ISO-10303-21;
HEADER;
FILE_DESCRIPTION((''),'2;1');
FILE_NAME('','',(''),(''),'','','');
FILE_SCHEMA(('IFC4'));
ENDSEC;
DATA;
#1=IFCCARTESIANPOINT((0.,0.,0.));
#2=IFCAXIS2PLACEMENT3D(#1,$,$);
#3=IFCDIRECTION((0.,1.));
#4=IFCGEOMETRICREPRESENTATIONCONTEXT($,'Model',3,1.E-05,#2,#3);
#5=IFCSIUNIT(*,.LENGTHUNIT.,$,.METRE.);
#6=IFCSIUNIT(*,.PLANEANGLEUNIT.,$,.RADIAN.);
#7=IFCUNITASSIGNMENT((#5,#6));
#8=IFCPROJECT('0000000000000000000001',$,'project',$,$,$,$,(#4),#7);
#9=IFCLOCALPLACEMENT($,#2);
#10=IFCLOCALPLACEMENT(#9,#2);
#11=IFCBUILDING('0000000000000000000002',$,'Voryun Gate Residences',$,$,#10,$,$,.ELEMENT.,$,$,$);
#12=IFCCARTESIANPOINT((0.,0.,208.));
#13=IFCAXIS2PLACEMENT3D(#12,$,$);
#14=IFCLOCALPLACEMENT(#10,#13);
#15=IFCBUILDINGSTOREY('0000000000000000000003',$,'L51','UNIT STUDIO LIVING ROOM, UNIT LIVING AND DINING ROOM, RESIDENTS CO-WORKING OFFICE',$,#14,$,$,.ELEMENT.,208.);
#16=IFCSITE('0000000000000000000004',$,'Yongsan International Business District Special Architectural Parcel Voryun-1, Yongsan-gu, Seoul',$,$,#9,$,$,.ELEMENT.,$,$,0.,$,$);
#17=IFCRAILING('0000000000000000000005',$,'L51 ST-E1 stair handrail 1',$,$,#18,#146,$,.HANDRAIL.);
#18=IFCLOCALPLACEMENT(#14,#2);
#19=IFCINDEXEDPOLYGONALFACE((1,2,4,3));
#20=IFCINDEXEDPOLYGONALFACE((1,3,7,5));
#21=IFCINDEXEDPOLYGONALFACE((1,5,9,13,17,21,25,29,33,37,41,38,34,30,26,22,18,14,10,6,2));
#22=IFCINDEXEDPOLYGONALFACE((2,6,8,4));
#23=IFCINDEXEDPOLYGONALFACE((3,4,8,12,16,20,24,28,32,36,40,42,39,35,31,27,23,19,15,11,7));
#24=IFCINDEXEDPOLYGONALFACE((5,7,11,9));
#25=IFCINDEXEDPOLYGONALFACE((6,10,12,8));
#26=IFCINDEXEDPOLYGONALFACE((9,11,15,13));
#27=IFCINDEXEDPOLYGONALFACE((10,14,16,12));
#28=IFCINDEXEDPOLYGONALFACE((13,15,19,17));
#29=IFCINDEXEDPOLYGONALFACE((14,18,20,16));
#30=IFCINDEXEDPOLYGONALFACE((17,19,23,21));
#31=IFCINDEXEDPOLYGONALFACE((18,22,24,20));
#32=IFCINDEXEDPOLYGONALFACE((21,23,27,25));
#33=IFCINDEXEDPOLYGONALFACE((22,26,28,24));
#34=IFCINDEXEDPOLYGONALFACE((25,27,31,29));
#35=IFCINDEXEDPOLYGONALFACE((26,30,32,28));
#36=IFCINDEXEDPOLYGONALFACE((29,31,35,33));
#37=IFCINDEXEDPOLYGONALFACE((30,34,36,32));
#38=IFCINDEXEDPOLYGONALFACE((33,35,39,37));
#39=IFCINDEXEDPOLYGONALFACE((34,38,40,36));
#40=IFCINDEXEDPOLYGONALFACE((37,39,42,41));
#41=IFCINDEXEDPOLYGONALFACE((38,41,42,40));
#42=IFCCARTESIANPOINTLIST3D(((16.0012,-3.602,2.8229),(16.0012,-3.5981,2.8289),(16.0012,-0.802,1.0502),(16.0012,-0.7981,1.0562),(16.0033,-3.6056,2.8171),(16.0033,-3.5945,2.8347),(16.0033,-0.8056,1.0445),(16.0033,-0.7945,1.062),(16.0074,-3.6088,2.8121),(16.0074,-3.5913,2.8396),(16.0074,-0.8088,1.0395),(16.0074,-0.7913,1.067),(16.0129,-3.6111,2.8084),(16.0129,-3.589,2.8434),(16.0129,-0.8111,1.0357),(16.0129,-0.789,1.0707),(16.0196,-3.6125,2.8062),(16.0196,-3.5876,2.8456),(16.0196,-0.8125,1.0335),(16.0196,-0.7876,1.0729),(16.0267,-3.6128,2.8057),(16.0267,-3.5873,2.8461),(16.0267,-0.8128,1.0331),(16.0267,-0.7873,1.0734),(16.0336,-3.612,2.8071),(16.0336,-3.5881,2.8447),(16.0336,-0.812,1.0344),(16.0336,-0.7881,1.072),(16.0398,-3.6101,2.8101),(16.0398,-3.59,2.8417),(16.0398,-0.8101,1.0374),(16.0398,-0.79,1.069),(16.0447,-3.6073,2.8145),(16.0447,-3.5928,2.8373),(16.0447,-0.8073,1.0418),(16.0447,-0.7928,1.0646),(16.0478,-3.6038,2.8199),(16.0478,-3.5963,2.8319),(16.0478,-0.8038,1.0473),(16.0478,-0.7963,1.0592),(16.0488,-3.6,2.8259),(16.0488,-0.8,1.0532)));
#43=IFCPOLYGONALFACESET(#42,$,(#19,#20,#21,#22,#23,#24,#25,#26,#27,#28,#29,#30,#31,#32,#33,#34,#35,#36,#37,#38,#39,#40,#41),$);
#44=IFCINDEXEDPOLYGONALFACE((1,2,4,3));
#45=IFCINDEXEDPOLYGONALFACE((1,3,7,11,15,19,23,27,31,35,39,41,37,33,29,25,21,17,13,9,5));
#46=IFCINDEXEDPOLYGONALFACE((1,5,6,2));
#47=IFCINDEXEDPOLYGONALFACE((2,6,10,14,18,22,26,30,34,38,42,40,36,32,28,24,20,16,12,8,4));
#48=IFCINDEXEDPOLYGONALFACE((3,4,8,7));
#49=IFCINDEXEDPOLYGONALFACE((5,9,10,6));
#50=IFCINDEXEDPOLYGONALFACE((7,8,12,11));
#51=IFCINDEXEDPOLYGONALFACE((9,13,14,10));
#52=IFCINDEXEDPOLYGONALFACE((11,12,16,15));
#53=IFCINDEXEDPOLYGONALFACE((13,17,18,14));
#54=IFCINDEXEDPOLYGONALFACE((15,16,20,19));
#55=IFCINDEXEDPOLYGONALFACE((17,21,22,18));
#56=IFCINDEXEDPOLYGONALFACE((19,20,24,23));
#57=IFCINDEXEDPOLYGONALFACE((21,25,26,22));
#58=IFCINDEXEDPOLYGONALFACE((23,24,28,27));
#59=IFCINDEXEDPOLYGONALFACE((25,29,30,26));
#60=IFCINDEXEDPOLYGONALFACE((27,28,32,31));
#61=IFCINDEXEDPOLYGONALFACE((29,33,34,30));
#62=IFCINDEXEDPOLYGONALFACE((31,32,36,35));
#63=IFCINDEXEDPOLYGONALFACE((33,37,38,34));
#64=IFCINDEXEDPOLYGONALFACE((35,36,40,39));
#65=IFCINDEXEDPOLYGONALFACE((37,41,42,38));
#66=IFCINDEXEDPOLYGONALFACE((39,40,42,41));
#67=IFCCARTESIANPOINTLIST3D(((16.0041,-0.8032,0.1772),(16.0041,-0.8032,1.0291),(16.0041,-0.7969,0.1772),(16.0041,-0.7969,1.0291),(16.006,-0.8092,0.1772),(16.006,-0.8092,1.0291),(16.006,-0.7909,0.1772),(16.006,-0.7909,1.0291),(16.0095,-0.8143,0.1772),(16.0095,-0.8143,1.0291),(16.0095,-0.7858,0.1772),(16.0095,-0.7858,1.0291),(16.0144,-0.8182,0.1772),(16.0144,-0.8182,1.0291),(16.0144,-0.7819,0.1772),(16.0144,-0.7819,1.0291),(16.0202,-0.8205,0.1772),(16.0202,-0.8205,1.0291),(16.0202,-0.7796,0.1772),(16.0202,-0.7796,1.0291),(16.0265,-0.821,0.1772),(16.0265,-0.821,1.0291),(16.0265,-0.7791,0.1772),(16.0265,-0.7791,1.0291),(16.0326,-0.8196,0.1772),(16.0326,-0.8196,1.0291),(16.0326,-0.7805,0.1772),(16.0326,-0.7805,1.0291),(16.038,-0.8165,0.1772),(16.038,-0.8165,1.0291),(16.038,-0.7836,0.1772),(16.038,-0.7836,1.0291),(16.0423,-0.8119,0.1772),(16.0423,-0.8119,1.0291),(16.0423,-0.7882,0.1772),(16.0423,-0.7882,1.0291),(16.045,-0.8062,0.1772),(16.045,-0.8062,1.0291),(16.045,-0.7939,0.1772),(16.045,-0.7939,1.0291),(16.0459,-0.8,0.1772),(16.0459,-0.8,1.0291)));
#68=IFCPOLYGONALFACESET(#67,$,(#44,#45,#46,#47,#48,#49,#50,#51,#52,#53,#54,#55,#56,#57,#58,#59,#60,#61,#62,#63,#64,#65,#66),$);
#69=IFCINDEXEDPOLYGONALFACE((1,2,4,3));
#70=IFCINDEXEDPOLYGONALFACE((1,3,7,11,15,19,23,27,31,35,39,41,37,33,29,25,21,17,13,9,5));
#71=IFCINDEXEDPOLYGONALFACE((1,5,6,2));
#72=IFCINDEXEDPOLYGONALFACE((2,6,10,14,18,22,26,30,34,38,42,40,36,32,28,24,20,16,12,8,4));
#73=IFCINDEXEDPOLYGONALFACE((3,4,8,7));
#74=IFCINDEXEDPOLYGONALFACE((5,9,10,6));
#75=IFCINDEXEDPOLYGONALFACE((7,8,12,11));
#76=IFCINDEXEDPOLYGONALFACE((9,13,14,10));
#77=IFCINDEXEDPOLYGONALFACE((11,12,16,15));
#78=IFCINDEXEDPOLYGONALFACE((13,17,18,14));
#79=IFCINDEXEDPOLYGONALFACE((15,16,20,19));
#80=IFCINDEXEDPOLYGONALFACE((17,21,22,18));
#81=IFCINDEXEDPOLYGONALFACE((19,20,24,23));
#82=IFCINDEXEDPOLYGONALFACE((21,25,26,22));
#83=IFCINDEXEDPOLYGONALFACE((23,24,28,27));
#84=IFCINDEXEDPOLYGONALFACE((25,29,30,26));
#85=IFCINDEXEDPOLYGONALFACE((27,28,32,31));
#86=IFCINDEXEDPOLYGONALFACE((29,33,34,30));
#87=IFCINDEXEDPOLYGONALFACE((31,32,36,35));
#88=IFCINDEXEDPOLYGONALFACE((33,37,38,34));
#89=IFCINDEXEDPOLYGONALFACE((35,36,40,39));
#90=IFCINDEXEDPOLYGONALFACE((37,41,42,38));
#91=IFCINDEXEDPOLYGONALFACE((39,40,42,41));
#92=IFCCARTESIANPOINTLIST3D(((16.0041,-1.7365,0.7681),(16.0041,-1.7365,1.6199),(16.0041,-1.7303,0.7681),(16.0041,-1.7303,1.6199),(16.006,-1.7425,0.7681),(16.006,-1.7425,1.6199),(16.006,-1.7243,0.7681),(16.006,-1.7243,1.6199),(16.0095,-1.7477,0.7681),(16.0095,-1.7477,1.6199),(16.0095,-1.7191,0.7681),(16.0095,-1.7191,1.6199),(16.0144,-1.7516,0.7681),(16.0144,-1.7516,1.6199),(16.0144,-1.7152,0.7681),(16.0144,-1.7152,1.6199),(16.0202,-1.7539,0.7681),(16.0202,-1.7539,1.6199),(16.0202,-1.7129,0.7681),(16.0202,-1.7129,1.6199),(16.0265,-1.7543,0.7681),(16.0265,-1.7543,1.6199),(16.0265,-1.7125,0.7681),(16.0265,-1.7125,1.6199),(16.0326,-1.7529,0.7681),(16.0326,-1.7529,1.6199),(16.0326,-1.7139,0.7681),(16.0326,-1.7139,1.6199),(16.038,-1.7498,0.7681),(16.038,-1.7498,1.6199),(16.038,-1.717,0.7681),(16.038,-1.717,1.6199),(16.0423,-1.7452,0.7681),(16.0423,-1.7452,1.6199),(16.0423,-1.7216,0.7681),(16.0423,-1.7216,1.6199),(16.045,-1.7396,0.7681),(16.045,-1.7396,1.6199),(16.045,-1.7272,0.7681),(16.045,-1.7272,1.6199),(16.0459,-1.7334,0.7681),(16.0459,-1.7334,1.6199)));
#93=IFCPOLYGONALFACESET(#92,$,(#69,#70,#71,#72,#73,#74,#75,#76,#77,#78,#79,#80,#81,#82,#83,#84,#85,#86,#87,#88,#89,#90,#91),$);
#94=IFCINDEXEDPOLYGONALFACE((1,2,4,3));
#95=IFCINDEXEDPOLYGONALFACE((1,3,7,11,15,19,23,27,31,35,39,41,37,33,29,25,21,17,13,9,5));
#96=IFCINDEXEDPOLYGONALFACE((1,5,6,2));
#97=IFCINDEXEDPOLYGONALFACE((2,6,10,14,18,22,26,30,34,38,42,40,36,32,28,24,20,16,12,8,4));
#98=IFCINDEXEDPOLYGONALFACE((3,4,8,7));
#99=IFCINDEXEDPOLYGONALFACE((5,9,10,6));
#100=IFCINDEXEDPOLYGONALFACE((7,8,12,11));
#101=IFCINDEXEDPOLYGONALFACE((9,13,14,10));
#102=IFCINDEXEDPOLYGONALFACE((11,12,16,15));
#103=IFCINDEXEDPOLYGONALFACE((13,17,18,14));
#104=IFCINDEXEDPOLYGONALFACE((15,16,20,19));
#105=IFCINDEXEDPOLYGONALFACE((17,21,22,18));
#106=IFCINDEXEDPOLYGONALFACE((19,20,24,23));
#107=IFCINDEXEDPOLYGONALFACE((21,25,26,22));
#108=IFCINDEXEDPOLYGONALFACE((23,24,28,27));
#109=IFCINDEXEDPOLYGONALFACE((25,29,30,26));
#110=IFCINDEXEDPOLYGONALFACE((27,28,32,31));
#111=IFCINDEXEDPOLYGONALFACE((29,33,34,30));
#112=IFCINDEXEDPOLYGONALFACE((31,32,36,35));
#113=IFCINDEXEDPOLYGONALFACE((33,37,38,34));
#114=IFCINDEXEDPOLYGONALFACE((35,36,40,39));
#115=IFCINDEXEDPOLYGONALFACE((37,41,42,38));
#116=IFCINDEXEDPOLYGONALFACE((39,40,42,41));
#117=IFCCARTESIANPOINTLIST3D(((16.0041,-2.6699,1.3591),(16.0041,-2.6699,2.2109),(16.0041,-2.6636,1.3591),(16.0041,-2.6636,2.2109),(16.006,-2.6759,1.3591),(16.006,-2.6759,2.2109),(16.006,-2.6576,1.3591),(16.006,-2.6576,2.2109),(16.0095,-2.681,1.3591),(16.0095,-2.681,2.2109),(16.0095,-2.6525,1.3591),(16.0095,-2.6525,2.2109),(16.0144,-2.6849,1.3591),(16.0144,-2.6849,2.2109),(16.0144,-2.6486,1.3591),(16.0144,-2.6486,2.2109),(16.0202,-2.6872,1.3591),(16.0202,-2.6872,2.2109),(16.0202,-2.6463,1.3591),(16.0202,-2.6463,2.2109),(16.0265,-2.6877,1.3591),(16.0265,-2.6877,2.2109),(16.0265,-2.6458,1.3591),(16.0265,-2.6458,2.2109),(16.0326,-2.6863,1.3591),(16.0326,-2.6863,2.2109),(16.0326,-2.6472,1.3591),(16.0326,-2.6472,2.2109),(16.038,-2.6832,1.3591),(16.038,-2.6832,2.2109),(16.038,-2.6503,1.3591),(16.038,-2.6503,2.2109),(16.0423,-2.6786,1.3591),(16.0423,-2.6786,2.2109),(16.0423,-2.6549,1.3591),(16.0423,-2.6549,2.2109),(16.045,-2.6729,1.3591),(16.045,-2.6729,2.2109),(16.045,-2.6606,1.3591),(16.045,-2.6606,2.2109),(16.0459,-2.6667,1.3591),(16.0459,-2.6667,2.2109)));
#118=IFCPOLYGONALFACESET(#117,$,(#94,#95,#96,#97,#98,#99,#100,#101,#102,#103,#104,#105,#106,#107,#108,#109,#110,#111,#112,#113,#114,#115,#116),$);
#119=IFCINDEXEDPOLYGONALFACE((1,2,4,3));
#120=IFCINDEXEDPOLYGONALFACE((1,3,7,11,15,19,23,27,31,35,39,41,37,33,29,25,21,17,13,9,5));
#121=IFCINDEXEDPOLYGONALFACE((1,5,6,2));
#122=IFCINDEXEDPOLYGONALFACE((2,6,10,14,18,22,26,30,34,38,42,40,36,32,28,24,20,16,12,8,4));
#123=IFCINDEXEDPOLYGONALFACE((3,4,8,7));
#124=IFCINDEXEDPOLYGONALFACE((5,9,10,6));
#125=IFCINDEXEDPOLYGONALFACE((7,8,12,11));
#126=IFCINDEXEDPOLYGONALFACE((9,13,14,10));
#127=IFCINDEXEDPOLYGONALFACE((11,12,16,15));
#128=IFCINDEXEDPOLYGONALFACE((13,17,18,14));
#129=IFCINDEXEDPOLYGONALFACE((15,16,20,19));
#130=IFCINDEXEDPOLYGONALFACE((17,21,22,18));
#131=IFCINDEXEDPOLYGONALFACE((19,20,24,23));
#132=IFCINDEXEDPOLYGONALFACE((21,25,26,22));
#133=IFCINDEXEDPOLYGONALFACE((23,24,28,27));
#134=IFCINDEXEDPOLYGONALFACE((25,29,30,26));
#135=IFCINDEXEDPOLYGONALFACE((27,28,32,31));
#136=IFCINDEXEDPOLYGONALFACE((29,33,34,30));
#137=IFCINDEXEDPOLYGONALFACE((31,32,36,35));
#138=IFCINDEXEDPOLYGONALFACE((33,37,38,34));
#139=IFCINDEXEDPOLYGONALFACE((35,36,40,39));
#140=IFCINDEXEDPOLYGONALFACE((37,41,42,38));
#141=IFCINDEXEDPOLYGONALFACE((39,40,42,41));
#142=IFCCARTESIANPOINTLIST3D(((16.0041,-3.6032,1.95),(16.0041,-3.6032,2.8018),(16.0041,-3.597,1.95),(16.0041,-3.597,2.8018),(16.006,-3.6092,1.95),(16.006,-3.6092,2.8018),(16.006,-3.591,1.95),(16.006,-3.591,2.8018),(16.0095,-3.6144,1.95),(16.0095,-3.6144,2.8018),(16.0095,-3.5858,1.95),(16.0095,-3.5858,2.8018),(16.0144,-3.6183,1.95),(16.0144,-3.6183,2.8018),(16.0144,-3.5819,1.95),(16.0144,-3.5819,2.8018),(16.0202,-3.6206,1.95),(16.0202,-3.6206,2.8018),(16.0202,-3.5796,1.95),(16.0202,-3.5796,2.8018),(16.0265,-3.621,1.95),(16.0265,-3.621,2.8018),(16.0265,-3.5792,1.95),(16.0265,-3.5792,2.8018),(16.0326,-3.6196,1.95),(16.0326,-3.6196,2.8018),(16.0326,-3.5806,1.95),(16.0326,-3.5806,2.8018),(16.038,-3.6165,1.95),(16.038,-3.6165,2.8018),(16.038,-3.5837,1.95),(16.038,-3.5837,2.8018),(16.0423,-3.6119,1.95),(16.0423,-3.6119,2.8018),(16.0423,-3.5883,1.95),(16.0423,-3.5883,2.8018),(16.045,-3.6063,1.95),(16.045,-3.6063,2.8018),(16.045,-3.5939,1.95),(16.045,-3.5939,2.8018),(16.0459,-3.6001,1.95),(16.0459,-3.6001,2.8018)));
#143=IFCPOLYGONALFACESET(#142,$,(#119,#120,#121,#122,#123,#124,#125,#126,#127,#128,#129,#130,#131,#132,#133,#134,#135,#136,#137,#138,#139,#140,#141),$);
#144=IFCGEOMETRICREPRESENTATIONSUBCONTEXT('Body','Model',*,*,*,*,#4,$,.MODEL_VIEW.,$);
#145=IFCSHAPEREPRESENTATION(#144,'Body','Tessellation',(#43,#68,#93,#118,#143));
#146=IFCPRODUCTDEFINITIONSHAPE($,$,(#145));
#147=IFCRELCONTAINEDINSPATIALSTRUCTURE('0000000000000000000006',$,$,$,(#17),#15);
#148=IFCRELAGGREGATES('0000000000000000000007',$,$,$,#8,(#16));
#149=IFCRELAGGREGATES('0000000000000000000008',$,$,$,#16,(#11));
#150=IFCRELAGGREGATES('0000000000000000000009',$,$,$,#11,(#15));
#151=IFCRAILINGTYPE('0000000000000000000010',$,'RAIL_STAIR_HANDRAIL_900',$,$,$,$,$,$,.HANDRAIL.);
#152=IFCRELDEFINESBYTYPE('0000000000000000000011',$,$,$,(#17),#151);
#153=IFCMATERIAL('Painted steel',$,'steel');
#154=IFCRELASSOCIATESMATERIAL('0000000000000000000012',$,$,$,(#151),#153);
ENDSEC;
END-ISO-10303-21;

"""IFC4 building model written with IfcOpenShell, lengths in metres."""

from ifc_helpers import new_model, si_unit, direction, frame, origin, origin_2d, place, context, subcontext, project, spatial, circle, extrude, material, type_object, element, save


model = new_model("IFC4")

# Units and contexts
model_context = context("Model", 3, precision=1e-05, world=origin(), true_north=direction((0.0, 1.0)))
body_context = subcontext(model_context, "Body", "Model", "MODEL_VIEW")
ifc_project = project(units=[si_unit("LENGTHUNIT", "METRE"), si_unit("PLANEANGLEUNIT", "RADIAN")], contexts=[model_context])

# Site, building, storey
site_placement = place(None, origin())
site = spatial("IfcSite", under=ifc_project, at=site_placement, Name="Yongsan International Business District Special Architectural Parcel Voryun-1, Yongsan-gu, Seoul", CompositionType="ELEMENT", RefElevation=0.0)
building_placement = place(site_placement, origin())
building = spatial("IfcBuilding", under=site, at=building_placement, Name="Voryun Gate Residences", CompositionType="ELEMENT")
storey_placement = place(building_placement, frame((0.0, 0.0, 208.0)))
storey = spatial("IfcBuildingStorey", under=building, at=storey_placement, Name="L51", Description="UNIT STUDIO LIVING ROOM, UNIT LIVING AND DINING ROOM, RESIDENTS CO-WORKING OFFICE", CompositionType="ELEMENT", Elevation=208.0)

# Railing
ifc_material_1 = material(Name="Painted steel", Category="steel")
railing_type_1 = type_object("IfcRailingType", Name="RAIL_STAIR_HANDRAIL_900", PredefinedType="HANDRAIL", material=ifc_material_1)
railing_1_placement = place(storey_placement, frame((16.0249, -0.8, 0.1772)))
element("IfcRailing", 1, at=railing_1_placement, inside=storey, type_object=railing_type_1, Name="L51 ST-E1 stair handrail 1", PredefinedType="HANDRAIL", context=body_context, shape_type="SweptSolid", body=[
    extrude(circle(Radius=0.0239, at=origin_2d()), frame((0.0, 0.0, 0.876), z_axis=(0.0, -0.844909, 0.53491), x_axis=(1.0, 0.0, 0.0)), (0.0, 0.0, 1.0), 3.314),
    extrude(circle(Radius=0.021, at=origin_2d()), origin(), (0.0, 0.0, 1.0), 0.8518),
    extrude(circle(Radius=0.021, at=origin_2d()), frame((0.0, -0.9333, 0.5908)), (0.0, 0.0, 1.0), 0.8518),
    extrude(circle(Radius=0.021, at=origin_2d()), frame((0.0, -1.8667, 1.1819)), (0.0, 0.0, 1.0), 0.8518),
    extrude(circle(Radius=0.021, at=origin_2d()), frame((0.0, -2.8, 1.7727)), (0.0, 0.0, 1.0), 0.8518),
])

save(model, "model.ifc")
